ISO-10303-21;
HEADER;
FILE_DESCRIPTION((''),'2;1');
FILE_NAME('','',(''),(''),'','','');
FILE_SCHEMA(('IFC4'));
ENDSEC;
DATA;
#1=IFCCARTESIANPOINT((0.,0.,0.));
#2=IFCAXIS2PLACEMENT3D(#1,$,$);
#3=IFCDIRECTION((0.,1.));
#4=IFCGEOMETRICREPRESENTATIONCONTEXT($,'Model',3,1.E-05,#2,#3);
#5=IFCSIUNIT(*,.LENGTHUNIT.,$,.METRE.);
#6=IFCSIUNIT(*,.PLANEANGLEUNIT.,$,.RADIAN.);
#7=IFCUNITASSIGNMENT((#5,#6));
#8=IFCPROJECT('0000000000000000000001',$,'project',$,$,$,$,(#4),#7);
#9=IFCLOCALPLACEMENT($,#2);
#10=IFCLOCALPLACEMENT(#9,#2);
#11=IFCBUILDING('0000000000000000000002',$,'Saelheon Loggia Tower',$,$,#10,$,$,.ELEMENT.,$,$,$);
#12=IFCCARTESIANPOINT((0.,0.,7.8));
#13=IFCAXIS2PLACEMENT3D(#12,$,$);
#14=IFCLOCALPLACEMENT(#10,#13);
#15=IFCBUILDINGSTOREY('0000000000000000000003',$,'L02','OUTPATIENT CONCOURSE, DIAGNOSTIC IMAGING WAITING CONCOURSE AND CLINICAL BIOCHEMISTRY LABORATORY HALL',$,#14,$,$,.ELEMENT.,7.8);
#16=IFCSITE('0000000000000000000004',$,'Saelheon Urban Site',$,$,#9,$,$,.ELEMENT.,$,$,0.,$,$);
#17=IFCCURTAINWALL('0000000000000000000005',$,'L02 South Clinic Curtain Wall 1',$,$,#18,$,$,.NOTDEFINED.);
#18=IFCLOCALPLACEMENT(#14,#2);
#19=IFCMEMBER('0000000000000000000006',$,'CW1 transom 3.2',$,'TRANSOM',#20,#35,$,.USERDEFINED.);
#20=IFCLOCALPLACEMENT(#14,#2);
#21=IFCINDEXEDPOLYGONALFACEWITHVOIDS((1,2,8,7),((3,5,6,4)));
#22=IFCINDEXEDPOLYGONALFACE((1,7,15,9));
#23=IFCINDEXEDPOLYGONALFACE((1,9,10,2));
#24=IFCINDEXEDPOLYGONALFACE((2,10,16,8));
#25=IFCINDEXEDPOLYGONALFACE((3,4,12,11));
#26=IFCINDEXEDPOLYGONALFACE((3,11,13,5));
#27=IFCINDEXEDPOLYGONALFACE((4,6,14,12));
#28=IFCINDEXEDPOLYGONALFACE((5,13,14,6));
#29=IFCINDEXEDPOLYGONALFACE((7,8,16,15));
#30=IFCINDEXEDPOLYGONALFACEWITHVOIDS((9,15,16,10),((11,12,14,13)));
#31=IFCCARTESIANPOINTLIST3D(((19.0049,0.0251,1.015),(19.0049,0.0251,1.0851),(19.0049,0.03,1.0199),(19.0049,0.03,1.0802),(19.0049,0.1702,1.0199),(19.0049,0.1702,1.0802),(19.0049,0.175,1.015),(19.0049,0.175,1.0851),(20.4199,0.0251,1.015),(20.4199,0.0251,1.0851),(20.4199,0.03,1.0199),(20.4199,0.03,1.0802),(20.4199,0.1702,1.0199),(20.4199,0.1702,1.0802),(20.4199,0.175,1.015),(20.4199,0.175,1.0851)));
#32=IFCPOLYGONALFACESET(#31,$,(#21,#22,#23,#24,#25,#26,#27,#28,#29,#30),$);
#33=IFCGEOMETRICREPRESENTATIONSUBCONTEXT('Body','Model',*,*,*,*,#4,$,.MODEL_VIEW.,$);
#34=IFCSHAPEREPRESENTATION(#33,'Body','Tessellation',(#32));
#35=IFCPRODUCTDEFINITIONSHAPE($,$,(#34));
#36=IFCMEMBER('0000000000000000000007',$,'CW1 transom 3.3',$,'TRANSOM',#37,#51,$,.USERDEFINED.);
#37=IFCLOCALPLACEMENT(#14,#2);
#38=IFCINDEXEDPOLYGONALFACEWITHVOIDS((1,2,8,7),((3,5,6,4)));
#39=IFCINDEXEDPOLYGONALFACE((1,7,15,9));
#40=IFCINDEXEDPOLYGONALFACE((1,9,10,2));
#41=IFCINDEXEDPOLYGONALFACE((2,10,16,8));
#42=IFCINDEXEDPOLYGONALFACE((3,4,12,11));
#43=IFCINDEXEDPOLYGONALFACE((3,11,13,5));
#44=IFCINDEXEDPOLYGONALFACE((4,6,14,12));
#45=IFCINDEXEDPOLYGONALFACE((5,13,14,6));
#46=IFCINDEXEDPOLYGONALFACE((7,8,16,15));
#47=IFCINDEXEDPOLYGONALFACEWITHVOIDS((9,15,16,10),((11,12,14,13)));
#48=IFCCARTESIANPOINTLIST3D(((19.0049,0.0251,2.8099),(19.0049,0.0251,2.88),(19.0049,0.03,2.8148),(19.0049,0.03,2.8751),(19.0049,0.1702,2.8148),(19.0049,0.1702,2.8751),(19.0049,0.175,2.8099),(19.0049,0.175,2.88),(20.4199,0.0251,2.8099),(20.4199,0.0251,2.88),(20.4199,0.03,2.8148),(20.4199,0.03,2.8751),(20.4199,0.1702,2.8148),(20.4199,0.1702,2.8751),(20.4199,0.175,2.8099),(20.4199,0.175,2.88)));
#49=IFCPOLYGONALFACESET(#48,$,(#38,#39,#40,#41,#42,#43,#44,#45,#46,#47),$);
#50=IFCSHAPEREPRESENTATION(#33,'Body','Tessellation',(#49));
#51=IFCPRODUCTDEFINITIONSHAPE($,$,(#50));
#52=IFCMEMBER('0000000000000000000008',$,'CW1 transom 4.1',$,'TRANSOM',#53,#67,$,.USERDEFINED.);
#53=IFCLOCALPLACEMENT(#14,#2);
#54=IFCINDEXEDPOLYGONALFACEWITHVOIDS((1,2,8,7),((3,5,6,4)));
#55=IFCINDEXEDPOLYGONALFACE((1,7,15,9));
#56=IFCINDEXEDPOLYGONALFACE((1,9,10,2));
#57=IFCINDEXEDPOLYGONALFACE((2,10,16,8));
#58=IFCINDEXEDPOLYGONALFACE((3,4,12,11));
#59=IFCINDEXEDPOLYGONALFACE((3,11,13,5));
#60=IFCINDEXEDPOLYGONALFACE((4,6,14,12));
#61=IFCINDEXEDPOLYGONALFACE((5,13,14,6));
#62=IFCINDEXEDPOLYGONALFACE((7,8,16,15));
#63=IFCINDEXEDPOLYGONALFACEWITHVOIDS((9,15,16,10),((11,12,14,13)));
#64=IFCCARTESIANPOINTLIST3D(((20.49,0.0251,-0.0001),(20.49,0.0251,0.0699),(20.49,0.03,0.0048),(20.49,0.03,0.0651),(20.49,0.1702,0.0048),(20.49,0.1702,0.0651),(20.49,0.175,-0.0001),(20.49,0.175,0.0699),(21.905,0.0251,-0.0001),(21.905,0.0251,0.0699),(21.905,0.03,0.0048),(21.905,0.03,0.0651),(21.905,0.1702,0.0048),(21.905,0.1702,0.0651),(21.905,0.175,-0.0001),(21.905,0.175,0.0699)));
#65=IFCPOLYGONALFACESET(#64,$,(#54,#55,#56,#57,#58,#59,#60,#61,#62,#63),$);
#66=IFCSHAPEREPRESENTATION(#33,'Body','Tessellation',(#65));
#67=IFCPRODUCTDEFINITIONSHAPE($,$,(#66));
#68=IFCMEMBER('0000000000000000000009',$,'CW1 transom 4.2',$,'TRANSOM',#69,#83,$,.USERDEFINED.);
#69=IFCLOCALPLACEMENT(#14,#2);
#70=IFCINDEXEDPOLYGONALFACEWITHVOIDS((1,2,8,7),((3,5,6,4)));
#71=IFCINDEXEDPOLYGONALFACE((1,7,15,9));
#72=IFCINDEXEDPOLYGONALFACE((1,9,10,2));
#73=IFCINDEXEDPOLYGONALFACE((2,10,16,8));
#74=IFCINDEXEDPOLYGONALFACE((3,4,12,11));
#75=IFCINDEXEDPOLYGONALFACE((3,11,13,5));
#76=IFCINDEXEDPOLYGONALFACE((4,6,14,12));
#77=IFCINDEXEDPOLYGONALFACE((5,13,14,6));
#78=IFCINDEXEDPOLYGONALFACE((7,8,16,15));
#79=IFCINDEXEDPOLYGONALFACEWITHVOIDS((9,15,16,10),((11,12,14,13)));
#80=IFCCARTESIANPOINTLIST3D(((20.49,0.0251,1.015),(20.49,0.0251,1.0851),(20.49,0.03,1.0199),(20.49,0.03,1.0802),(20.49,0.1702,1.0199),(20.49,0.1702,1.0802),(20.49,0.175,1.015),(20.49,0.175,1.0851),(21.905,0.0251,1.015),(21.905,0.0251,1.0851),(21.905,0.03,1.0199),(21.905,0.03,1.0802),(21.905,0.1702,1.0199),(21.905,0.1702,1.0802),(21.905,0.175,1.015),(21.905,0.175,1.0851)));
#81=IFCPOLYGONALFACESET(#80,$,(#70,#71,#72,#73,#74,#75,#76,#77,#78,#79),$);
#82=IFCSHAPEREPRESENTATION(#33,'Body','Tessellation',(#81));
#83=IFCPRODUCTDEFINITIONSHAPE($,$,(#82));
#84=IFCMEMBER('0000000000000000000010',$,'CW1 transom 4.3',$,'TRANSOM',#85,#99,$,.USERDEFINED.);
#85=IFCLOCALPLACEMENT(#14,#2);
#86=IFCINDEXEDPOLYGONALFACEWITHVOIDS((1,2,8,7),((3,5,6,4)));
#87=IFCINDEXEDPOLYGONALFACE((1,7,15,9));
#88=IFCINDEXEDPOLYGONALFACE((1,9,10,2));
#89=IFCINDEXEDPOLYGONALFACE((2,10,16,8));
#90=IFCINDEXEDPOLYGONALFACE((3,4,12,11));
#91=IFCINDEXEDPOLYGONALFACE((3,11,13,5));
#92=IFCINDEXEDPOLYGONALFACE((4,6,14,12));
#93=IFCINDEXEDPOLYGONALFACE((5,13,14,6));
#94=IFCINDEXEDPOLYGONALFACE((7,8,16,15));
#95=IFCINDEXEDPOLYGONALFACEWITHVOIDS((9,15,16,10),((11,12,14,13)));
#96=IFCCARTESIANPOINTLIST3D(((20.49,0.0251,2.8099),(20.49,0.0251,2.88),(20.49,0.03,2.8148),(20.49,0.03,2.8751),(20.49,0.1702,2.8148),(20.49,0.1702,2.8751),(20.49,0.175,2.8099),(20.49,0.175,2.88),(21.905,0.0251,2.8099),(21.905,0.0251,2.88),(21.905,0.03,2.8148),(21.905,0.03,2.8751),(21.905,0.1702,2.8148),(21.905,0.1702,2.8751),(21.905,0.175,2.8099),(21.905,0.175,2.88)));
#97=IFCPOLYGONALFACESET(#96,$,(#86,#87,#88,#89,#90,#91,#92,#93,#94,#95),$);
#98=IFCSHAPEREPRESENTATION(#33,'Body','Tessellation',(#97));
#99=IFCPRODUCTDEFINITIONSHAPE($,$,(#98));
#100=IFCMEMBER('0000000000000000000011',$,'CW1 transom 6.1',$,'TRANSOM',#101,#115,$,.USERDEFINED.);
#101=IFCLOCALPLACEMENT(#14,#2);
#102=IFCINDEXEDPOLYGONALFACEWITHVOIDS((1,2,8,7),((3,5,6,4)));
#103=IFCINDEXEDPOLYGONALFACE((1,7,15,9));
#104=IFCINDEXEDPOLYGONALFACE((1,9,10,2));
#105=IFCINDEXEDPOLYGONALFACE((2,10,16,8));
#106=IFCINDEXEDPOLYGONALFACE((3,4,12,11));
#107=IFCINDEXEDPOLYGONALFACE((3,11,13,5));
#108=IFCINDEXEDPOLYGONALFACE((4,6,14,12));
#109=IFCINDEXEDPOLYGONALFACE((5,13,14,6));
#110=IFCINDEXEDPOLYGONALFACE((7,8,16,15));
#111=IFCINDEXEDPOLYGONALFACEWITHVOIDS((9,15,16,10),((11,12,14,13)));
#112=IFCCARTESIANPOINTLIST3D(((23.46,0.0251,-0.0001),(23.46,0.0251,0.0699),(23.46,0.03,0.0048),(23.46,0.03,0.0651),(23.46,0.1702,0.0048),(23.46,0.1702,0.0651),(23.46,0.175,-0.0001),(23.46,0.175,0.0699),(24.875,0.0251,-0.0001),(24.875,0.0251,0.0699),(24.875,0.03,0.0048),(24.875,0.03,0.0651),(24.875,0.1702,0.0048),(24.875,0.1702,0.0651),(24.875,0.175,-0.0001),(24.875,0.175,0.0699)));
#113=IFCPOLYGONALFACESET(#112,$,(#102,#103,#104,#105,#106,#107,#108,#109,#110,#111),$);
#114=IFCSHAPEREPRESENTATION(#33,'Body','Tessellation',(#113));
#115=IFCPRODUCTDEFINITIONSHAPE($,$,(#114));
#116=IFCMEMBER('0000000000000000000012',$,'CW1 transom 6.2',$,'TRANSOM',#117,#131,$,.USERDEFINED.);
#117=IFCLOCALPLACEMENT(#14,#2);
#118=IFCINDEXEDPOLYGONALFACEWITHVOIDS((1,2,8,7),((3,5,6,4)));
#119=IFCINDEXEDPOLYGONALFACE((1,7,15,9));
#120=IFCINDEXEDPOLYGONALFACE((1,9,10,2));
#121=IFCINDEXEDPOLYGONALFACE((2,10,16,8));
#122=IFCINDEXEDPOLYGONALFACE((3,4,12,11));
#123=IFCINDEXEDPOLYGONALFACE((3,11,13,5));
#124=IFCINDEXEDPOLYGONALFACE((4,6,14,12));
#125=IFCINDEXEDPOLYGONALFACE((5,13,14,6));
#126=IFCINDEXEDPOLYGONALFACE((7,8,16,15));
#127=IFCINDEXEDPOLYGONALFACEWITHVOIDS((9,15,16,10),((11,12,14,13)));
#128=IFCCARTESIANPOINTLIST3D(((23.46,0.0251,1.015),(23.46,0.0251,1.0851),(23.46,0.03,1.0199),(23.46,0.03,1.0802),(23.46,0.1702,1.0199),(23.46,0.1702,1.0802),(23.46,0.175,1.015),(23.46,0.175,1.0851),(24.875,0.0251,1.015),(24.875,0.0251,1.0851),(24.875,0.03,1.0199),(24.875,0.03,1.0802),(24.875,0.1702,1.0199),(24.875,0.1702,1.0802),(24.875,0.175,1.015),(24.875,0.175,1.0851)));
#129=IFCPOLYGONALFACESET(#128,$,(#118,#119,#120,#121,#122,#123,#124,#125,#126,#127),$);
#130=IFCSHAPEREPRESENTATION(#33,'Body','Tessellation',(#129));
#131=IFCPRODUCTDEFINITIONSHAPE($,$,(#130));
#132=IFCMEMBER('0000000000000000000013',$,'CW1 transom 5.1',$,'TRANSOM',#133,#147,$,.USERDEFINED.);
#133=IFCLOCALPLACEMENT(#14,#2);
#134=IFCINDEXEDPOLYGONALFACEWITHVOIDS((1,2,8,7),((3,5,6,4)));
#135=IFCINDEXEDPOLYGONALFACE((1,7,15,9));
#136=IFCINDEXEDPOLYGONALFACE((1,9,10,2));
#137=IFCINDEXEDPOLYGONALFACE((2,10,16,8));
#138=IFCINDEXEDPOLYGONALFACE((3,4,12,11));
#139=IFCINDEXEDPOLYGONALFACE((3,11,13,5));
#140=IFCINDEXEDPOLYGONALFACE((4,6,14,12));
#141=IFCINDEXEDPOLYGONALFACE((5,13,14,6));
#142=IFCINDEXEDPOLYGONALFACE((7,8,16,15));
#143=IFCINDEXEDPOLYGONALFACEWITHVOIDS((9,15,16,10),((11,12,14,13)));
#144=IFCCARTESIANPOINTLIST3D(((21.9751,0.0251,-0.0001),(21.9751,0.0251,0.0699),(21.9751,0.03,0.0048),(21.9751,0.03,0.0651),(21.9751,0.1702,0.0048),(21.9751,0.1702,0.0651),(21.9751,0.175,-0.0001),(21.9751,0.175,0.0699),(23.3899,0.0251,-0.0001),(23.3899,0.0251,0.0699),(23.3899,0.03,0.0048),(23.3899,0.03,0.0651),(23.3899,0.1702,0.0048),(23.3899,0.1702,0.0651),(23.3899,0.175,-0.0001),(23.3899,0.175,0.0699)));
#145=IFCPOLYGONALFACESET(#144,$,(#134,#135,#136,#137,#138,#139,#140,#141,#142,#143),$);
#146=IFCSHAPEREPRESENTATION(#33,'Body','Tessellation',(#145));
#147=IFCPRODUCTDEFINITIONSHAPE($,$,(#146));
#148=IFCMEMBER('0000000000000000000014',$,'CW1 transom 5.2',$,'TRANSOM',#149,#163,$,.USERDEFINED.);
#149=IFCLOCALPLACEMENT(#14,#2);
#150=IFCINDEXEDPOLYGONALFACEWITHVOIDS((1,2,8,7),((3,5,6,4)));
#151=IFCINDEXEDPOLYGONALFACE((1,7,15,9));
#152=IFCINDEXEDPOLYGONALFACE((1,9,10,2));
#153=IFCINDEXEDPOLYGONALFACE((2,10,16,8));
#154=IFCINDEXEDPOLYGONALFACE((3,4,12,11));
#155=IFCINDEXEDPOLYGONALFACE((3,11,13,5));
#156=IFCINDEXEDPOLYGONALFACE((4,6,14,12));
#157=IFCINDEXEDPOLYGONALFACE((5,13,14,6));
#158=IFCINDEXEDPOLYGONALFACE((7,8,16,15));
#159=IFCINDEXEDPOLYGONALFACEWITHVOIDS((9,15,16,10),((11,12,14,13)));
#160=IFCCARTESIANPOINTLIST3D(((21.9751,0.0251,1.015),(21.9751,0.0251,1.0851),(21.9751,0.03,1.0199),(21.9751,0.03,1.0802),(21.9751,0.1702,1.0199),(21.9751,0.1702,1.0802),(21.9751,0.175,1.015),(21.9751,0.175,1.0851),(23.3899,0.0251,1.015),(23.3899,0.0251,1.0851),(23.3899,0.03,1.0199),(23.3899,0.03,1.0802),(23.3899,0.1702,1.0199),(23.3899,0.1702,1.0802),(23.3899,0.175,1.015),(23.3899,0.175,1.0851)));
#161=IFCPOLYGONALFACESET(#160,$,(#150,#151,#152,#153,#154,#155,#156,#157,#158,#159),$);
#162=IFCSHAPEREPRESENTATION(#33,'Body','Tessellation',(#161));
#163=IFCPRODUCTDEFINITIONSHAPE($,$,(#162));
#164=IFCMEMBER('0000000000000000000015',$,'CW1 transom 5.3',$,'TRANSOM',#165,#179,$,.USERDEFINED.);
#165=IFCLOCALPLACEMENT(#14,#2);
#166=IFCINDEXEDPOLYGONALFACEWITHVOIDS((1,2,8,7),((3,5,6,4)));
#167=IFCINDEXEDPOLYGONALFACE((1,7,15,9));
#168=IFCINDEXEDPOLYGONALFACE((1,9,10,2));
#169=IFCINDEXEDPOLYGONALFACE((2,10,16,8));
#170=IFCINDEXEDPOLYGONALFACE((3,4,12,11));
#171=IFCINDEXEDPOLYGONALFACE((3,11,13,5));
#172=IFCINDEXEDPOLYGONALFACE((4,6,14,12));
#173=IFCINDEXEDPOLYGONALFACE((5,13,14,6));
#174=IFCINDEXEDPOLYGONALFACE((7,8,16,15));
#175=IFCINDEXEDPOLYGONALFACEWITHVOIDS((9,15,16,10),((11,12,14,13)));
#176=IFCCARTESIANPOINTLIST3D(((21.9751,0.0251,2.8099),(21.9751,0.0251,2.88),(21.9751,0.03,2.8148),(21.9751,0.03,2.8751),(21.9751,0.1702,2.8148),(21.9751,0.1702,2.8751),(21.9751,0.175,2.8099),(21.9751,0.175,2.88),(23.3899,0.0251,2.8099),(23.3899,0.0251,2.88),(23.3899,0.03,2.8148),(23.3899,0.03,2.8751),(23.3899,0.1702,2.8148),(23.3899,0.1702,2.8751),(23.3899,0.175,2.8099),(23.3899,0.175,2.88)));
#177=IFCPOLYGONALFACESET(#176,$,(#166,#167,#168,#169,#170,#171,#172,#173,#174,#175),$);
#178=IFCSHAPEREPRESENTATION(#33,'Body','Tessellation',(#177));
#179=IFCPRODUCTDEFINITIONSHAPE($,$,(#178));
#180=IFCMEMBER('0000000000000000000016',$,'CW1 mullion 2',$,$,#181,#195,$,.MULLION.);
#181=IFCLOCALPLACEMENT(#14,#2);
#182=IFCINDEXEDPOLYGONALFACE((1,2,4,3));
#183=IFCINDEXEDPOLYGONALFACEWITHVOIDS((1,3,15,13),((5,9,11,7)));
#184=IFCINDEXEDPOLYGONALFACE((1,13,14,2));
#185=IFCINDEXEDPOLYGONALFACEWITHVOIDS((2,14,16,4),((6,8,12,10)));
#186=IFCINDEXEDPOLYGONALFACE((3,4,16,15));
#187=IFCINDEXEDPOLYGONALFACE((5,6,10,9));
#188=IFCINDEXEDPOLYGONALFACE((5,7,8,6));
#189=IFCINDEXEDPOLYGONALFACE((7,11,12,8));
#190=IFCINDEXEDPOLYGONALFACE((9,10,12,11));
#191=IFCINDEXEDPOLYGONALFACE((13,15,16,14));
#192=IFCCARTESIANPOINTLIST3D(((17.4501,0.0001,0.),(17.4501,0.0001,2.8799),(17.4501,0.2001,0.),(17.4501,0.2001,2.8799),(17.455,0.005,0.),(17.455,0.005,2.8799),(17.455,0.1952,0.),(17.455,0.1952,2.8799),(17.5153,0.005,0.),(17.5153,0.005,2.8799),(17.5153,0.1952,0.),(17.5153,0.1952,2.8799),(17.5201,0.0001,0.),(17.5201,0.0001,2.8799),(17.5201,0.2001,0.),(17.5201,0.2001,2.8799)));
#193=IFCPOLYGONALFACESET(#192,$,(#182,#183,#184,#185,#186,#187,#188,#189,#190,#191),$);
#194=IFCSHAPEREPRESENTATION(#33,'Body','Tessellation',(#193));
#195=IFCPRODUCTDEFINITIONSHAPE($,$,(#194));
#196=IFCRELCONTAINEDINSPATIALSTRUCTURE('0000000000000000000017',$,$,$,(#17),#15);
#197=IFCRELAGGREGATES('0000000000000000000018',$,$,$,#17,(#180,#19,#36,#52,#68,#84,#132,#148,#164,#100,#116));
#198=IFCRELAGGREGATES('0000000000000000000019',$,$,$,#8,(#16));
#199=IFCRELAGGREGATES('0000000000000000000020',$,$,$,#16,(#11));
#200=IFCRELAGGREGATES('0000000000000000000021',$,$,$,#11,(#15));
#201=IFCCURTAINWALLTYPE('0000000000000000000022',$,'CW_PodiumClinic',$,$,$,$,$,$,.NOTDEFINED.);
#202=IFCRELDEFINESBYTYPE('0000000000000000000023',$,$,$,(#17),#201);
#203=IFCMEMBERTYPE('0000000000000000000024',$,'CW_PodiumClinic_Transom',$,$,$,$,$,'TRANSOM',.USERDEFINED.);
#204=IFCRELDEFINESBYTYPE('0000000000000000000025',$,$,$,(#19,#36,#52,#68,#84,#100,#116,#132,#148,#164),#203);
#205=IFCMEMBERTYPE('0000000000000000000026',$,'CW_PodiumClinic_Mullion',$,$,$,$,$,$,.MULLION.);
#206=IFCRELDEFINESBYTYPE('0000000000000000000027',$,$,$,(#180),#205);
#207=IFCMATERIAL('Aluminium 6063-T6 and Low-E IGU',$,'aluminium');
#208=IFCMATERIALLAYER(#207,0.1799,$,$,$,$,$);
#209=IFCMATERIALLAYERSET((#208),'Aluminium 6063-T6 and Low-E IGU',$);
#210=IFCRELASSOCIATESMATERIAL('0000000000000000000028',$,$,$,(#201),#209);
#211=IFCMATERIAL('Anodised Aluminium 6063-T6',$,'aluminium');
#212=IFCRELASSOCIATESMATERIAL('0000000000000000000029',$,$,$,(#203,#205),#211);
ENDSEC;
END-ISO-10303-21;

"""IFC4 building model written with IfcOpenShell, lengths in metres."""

from ifc_helpers import new_model, si_unit, direction, frame, origin, origin_2d, place, context, subcontext, project, spatial, hollow_rectangle, extrude, source, transform, mapped, material, layer, layer_set, material_profile, profile_set, type_object, element, aggregate, save


model = new_model("IFC4")

# Units and contexts
model_context = context("Model", 3, precision=1e-05, world=origin(), true_north=direction((0.0, 1.0)))
body_context = subcontext(model_context, "Body", "Model", "MODEL_VIEW")
ifc_project = project(units=[si_unit("LENGTHUNIT", "METRE"), si_unit("PLANEANGLEUNIT", "RADIAN")], contexts=[model_context])

# Site, building, storey
site_placement = place(None, origin())
site = spatial("IfcSite", under=ifc_project, at=site_placement, Name="Saelheon Urban Site", CompositionType="ELEMENT", RefElevation=0.0)
building_placement = place(site_placement, origin())
building = spatial("IfcBuilding", under=site, at=building_placement, Name="Saelheon Loggia Tower", CompositionType="ELEMENT")
storey_placement = place(building_placement, frame((0.0, 0.0, 7.8)))
storey = spatial("IfcBuildingStorey", under=building, at=storey_placement, Name="L02", Description="OUTPATIENT CONCOURSE, DIAGNOSTIC IMAGING WAITING CONCOURSE AND CLINICAL BIOCHEMISTRY LABORATORY HALL", CompositionType="ELEMENT", Elevation=7.8)

# Curtain wall, members
ifc_material_1 = material(Name="Aluminium 6063-T6 and Low-E IGU", Category="aluminium")
ifc_layer_1 = layer(ifc_material_1, 0.1799)
ifc_layer_set_1 = layer_set([ifc_layer_1], Name="Aluminium 6063-T6 and Low-E IGU")
curtain_wall_type = type_object("IfcCurtainWallType", Name="CW_PodiumClinic", PredefinedType="NOTDEFINED", material=ifc_layer_set_1)
curtain_wall_placement = place(storey_placement, origin())
curtain_wall = element("IfcCurtainWall", 1, at=curtain_wall_placement, inside=storey, type_object=curtain_wall_type, Name="L02 South Clinic Curtain Wall 1", PredefinedType="NOTDEFINED")
ifc_material_2 = material(Name="Anodised Aluminium 6063-T6", Category="aluminium")
ifc_material_profile_1 = material_profile(ifc_material_2, hollow_rectangle(XDim=0.0701, YDim=0.1499, WallThickness=0.0049, at=origin_2d()), Name="RHS-150x70x5")
ifc_profile_set_1 = profile_set([ifc_material_profile_1], Name="Anodised Aluminium 6063-T6")
member_type_1 = type_object("IfcMemberType", Name="CW_PodiumClinic_Transom", ElementType="TRANSOM", PredefinedType="USERDEFINED", material=ifc_profile_set_1)
shared_shape_1 = source(origin(), body_context, "Body", "SweptSolid", [
    extrude(hollow_rectangle(XDim=0.0701, YDim=0.1499, WallThickness=0.0049, at=origin_2d()), origin(), (0.0, 0.0, 1.0), 1.415),
])
member_1_placement = place(storey_placement, frame((19.0049, 0.1001, 1.05), z_axis=(1.0, 0.0, 0.0), x_axis=(0.0, 0.0, 1.0)))
member_1 = element("IfcMember", 2, at=member_1_placement, type_object=member_type_1, Name="CW1 transom 3.2", ObjectType="TRANSOM", PredefinedType="USERDEFINED", context=body_context, shape_type="MappedRepresentation", body=[
    mapped(shared_shape_1, transform((0.0, 0.0, 0.0), scale=1.0)),
])
member_2_placement = place(storey_placement, frame((19.0049, 0.1001, 2.845), z_axis=(1.0, 0.0, 0.0), x_axis=(0.0, 0.0, 1.0)))
member_2 = element("IfcMember", 3, at=member_2_placement, type_object=member_type_1, Name="CW1 transom 3.3", ObjectType="TRANSOM", PredefinedType="USERDEFINED", context=body_context, shape_type="MappedRepresentation", body=[
    mapped(shared_shape_1, transform((0.0, 0.0, 0.0), scale=1.0)),
])
member_3_placement = place(storey_placement, frame((20.49, 0.1001, 0.0349), z_axis=(1.0, 0.0, 0.0), x_axis=(0.0, 0.0, 1.0)))
member_3 = element("IfcMember", 4, at=member_3_placement, type_object=member_type_1, Name="CW1 transom 4.1", ObjectType="TRANSOM", PredefinedType="USERDEFINED", context=body_context, shape_type="MappedRepresentation", body=[
    mapped(shared_shape_1, transform((0.0, 0.0, 0.0), scale=1.0)),
])
member_4_placement = place(storey_placement, frame((20.49, 0.1001, 1.05), z_axis=(1.0, 0.0, 0.0), x_axis=(0.0, 0.0, 1.0)))
member_4 = element("IfcMember", 5, at=member_4_placement, type_object=member_type_1, Name="CW1 transom 4.2", ObjectType="TRANSOM", PredefinedType="USERDEFINED", context=body_context, shape_type="MappedRepresentation", body=[
    mapped(shared_shape_1, transform((0.0, 0.0, 0.0), scale=1.0)),
])
member_5_placement = place(storey_placement, frame((20.49, 0.1001, 2.845), z_axis=(1.0, 0.0, 0.0), x_axis=(0.0, 0.0, 1.0)))
member_5 = element("IfcMember", 6, at=member_5_placement, type_object=member_type_1, Name="CW1 transom 4.3", ObjectType="TRANSOM", PredefinedType="USERDEFINED", context=body_context, shape_type="MappedRepresentation", body=[
    mapped(shared_shape_1, transform((0.0, 0.0, 0.0), scale=1.0)),
])
member_6_placement = place(storey_placement, frame((23.46, 0.1001, 0.0349), z_axis=(1.0, 0.0, 0.0), x_axis=(0.0, 0.0, 1.0)))
member_6 = element("IfcMember", 7, at=member_6_placement, type_object=member_type_1, Name="CW1 transom 6.1", ObjectType="TRANSOM", PredefinedType="USERDEFINED", context=body_context, shape_type="MappedRepresentation", body=[
    mapped(shared_shape_1, transform((0.0, 0.0, 0.0), scale=1.0)),
])
member_7_placement = place(storey_placement, frame((23.46, 0.1001, 1.05), z_axis=(1.0, 0.0, 0.0), x_axis=(0.0, 0.0, 1.0)))
member_7 = element("IfcMember", 8, at=member_7_placement, type_object=member_type_1, Name="CW1 transom 6.2", ObjectType="TRANSOM", PredefinedType="USERDEFINED", context=body_context, shape_type="MappedRepresentation", body=[
    mapped(shared_shape_1, transform((0.0, 0.0, 0.0), scale=1.0)),
])
shared_shape_2 = source(origin(), body_context, "Body", "SweptSolid", [
    extrude(hollow_rectangle(XDim=0.0701, YDim=0.1499, WallThickness=0.0049, at=origin_2d()), origin(), (0.0, 0.0, 1.0), 1.4148),
])
member_8_placement = place(storey_placement, frame((21.9751, 0.1001, 0.0349), z_axis=(1.0, 0.0, 0.0), x_axis=(0.0, 0.0, 1.0)))
member_8 = element("IfcMember", 9, at=member_8_placement, type_object=member_type_1, Name="CW1 transom 5.1", ObjectType="TRANSOM", PredefinedType="USERDEFINED", context=body_context, shape_type="MappedRepresentation", body=[
    mapped(shared_shape_2, transform((0.0, 0.0, 0.0), scale=1.0)),
])
member_9_placement = place(storey_placement, frame((21.9751, 0.1001, 1.05), z_axis=(1.0, 0.0, 0.0), x_axis=(0.0, 0.0, 1.0)))
member_9 = element("IfcMember", 10, at=member_9_placement, type_object=member_type_1, Name="CW1 transom 5.2", ObjectType="TRANSOM", PredefinedType="USERDEFINED", context=body_context, shape_type="MappedRepresentation", body=[
    mapped(shared_shape_2, transform((0.0, 0.0, 0.0), scale=1.0)),
])
member_10_placement = place(storey_placement, frame((21.9751, 0.1001, 2.845), z_axis=(1.0, 0.0, 0.0), x_axis=(0.0, 0.0, 1.0)))
member_10 = element("IfcMember", 11, at=member_10_placement, type_object=member_type_1, Name="CW1 transom 5.3", ObjectType="TRANSOM", PredefinedType="USERDEFINED", context=body_context, shape_type="MappedRepresentation", body=[
    mapped(shared_shape_2, transform((0.0, 0.0, 0.0), scale=1.0)),
])
ifc_material_profile_2 = material_profile(ifc_material_2, hollow_rectangle(XDim=0.0701, YDim=0.2, WallThickness=0.0049, at=origin_2d()), Name="RHS-200x70x5")
ifc_profile_set_2 = profile_set([ifc_material_profile_2], Name="Anodised Aluminium 6063-T6")
member_type_2 = type_object("IfcMemberType", Name="CW_PodiumClinic_Mullion", PredefinedType="MULLION", material=ifc_profile_set_2)
shared_shape_3 = source(origin(), body_context, "Body", "SweptSolid", [
    extrude(hollow_rectangle(XDim=0.0701, YDim=0.2, WallThickness=0.0049, at=origin_2d()), origin(), (0.0, 0.0, 1.0), 2.8799),
])
member_11_placement = place(storey_placement, frame((17.4851, 0.1001, 0.0), z_axis=(0.0, 0.0, 1.0), x_axis=(1.0, 0.0, 0.0)))
member_11 = element("IfcMember", 12, at=member_11_placement, type_object=member_type_2, Name="CW1 mullion 2", PredefinedType="MULLION", context=body_context, shape_type="MappedRepresentation", body=[
    mapped(shared_shape_3, transform((0.0, 0.0, 0.0), scale=1.0)),
])
aggregate(curtain_wall, [member_11, member_1, member_2, member_3, member_4, member_5, member_8, member_9, member_10, member_6, member_7])

save(model, "model.ifc")
